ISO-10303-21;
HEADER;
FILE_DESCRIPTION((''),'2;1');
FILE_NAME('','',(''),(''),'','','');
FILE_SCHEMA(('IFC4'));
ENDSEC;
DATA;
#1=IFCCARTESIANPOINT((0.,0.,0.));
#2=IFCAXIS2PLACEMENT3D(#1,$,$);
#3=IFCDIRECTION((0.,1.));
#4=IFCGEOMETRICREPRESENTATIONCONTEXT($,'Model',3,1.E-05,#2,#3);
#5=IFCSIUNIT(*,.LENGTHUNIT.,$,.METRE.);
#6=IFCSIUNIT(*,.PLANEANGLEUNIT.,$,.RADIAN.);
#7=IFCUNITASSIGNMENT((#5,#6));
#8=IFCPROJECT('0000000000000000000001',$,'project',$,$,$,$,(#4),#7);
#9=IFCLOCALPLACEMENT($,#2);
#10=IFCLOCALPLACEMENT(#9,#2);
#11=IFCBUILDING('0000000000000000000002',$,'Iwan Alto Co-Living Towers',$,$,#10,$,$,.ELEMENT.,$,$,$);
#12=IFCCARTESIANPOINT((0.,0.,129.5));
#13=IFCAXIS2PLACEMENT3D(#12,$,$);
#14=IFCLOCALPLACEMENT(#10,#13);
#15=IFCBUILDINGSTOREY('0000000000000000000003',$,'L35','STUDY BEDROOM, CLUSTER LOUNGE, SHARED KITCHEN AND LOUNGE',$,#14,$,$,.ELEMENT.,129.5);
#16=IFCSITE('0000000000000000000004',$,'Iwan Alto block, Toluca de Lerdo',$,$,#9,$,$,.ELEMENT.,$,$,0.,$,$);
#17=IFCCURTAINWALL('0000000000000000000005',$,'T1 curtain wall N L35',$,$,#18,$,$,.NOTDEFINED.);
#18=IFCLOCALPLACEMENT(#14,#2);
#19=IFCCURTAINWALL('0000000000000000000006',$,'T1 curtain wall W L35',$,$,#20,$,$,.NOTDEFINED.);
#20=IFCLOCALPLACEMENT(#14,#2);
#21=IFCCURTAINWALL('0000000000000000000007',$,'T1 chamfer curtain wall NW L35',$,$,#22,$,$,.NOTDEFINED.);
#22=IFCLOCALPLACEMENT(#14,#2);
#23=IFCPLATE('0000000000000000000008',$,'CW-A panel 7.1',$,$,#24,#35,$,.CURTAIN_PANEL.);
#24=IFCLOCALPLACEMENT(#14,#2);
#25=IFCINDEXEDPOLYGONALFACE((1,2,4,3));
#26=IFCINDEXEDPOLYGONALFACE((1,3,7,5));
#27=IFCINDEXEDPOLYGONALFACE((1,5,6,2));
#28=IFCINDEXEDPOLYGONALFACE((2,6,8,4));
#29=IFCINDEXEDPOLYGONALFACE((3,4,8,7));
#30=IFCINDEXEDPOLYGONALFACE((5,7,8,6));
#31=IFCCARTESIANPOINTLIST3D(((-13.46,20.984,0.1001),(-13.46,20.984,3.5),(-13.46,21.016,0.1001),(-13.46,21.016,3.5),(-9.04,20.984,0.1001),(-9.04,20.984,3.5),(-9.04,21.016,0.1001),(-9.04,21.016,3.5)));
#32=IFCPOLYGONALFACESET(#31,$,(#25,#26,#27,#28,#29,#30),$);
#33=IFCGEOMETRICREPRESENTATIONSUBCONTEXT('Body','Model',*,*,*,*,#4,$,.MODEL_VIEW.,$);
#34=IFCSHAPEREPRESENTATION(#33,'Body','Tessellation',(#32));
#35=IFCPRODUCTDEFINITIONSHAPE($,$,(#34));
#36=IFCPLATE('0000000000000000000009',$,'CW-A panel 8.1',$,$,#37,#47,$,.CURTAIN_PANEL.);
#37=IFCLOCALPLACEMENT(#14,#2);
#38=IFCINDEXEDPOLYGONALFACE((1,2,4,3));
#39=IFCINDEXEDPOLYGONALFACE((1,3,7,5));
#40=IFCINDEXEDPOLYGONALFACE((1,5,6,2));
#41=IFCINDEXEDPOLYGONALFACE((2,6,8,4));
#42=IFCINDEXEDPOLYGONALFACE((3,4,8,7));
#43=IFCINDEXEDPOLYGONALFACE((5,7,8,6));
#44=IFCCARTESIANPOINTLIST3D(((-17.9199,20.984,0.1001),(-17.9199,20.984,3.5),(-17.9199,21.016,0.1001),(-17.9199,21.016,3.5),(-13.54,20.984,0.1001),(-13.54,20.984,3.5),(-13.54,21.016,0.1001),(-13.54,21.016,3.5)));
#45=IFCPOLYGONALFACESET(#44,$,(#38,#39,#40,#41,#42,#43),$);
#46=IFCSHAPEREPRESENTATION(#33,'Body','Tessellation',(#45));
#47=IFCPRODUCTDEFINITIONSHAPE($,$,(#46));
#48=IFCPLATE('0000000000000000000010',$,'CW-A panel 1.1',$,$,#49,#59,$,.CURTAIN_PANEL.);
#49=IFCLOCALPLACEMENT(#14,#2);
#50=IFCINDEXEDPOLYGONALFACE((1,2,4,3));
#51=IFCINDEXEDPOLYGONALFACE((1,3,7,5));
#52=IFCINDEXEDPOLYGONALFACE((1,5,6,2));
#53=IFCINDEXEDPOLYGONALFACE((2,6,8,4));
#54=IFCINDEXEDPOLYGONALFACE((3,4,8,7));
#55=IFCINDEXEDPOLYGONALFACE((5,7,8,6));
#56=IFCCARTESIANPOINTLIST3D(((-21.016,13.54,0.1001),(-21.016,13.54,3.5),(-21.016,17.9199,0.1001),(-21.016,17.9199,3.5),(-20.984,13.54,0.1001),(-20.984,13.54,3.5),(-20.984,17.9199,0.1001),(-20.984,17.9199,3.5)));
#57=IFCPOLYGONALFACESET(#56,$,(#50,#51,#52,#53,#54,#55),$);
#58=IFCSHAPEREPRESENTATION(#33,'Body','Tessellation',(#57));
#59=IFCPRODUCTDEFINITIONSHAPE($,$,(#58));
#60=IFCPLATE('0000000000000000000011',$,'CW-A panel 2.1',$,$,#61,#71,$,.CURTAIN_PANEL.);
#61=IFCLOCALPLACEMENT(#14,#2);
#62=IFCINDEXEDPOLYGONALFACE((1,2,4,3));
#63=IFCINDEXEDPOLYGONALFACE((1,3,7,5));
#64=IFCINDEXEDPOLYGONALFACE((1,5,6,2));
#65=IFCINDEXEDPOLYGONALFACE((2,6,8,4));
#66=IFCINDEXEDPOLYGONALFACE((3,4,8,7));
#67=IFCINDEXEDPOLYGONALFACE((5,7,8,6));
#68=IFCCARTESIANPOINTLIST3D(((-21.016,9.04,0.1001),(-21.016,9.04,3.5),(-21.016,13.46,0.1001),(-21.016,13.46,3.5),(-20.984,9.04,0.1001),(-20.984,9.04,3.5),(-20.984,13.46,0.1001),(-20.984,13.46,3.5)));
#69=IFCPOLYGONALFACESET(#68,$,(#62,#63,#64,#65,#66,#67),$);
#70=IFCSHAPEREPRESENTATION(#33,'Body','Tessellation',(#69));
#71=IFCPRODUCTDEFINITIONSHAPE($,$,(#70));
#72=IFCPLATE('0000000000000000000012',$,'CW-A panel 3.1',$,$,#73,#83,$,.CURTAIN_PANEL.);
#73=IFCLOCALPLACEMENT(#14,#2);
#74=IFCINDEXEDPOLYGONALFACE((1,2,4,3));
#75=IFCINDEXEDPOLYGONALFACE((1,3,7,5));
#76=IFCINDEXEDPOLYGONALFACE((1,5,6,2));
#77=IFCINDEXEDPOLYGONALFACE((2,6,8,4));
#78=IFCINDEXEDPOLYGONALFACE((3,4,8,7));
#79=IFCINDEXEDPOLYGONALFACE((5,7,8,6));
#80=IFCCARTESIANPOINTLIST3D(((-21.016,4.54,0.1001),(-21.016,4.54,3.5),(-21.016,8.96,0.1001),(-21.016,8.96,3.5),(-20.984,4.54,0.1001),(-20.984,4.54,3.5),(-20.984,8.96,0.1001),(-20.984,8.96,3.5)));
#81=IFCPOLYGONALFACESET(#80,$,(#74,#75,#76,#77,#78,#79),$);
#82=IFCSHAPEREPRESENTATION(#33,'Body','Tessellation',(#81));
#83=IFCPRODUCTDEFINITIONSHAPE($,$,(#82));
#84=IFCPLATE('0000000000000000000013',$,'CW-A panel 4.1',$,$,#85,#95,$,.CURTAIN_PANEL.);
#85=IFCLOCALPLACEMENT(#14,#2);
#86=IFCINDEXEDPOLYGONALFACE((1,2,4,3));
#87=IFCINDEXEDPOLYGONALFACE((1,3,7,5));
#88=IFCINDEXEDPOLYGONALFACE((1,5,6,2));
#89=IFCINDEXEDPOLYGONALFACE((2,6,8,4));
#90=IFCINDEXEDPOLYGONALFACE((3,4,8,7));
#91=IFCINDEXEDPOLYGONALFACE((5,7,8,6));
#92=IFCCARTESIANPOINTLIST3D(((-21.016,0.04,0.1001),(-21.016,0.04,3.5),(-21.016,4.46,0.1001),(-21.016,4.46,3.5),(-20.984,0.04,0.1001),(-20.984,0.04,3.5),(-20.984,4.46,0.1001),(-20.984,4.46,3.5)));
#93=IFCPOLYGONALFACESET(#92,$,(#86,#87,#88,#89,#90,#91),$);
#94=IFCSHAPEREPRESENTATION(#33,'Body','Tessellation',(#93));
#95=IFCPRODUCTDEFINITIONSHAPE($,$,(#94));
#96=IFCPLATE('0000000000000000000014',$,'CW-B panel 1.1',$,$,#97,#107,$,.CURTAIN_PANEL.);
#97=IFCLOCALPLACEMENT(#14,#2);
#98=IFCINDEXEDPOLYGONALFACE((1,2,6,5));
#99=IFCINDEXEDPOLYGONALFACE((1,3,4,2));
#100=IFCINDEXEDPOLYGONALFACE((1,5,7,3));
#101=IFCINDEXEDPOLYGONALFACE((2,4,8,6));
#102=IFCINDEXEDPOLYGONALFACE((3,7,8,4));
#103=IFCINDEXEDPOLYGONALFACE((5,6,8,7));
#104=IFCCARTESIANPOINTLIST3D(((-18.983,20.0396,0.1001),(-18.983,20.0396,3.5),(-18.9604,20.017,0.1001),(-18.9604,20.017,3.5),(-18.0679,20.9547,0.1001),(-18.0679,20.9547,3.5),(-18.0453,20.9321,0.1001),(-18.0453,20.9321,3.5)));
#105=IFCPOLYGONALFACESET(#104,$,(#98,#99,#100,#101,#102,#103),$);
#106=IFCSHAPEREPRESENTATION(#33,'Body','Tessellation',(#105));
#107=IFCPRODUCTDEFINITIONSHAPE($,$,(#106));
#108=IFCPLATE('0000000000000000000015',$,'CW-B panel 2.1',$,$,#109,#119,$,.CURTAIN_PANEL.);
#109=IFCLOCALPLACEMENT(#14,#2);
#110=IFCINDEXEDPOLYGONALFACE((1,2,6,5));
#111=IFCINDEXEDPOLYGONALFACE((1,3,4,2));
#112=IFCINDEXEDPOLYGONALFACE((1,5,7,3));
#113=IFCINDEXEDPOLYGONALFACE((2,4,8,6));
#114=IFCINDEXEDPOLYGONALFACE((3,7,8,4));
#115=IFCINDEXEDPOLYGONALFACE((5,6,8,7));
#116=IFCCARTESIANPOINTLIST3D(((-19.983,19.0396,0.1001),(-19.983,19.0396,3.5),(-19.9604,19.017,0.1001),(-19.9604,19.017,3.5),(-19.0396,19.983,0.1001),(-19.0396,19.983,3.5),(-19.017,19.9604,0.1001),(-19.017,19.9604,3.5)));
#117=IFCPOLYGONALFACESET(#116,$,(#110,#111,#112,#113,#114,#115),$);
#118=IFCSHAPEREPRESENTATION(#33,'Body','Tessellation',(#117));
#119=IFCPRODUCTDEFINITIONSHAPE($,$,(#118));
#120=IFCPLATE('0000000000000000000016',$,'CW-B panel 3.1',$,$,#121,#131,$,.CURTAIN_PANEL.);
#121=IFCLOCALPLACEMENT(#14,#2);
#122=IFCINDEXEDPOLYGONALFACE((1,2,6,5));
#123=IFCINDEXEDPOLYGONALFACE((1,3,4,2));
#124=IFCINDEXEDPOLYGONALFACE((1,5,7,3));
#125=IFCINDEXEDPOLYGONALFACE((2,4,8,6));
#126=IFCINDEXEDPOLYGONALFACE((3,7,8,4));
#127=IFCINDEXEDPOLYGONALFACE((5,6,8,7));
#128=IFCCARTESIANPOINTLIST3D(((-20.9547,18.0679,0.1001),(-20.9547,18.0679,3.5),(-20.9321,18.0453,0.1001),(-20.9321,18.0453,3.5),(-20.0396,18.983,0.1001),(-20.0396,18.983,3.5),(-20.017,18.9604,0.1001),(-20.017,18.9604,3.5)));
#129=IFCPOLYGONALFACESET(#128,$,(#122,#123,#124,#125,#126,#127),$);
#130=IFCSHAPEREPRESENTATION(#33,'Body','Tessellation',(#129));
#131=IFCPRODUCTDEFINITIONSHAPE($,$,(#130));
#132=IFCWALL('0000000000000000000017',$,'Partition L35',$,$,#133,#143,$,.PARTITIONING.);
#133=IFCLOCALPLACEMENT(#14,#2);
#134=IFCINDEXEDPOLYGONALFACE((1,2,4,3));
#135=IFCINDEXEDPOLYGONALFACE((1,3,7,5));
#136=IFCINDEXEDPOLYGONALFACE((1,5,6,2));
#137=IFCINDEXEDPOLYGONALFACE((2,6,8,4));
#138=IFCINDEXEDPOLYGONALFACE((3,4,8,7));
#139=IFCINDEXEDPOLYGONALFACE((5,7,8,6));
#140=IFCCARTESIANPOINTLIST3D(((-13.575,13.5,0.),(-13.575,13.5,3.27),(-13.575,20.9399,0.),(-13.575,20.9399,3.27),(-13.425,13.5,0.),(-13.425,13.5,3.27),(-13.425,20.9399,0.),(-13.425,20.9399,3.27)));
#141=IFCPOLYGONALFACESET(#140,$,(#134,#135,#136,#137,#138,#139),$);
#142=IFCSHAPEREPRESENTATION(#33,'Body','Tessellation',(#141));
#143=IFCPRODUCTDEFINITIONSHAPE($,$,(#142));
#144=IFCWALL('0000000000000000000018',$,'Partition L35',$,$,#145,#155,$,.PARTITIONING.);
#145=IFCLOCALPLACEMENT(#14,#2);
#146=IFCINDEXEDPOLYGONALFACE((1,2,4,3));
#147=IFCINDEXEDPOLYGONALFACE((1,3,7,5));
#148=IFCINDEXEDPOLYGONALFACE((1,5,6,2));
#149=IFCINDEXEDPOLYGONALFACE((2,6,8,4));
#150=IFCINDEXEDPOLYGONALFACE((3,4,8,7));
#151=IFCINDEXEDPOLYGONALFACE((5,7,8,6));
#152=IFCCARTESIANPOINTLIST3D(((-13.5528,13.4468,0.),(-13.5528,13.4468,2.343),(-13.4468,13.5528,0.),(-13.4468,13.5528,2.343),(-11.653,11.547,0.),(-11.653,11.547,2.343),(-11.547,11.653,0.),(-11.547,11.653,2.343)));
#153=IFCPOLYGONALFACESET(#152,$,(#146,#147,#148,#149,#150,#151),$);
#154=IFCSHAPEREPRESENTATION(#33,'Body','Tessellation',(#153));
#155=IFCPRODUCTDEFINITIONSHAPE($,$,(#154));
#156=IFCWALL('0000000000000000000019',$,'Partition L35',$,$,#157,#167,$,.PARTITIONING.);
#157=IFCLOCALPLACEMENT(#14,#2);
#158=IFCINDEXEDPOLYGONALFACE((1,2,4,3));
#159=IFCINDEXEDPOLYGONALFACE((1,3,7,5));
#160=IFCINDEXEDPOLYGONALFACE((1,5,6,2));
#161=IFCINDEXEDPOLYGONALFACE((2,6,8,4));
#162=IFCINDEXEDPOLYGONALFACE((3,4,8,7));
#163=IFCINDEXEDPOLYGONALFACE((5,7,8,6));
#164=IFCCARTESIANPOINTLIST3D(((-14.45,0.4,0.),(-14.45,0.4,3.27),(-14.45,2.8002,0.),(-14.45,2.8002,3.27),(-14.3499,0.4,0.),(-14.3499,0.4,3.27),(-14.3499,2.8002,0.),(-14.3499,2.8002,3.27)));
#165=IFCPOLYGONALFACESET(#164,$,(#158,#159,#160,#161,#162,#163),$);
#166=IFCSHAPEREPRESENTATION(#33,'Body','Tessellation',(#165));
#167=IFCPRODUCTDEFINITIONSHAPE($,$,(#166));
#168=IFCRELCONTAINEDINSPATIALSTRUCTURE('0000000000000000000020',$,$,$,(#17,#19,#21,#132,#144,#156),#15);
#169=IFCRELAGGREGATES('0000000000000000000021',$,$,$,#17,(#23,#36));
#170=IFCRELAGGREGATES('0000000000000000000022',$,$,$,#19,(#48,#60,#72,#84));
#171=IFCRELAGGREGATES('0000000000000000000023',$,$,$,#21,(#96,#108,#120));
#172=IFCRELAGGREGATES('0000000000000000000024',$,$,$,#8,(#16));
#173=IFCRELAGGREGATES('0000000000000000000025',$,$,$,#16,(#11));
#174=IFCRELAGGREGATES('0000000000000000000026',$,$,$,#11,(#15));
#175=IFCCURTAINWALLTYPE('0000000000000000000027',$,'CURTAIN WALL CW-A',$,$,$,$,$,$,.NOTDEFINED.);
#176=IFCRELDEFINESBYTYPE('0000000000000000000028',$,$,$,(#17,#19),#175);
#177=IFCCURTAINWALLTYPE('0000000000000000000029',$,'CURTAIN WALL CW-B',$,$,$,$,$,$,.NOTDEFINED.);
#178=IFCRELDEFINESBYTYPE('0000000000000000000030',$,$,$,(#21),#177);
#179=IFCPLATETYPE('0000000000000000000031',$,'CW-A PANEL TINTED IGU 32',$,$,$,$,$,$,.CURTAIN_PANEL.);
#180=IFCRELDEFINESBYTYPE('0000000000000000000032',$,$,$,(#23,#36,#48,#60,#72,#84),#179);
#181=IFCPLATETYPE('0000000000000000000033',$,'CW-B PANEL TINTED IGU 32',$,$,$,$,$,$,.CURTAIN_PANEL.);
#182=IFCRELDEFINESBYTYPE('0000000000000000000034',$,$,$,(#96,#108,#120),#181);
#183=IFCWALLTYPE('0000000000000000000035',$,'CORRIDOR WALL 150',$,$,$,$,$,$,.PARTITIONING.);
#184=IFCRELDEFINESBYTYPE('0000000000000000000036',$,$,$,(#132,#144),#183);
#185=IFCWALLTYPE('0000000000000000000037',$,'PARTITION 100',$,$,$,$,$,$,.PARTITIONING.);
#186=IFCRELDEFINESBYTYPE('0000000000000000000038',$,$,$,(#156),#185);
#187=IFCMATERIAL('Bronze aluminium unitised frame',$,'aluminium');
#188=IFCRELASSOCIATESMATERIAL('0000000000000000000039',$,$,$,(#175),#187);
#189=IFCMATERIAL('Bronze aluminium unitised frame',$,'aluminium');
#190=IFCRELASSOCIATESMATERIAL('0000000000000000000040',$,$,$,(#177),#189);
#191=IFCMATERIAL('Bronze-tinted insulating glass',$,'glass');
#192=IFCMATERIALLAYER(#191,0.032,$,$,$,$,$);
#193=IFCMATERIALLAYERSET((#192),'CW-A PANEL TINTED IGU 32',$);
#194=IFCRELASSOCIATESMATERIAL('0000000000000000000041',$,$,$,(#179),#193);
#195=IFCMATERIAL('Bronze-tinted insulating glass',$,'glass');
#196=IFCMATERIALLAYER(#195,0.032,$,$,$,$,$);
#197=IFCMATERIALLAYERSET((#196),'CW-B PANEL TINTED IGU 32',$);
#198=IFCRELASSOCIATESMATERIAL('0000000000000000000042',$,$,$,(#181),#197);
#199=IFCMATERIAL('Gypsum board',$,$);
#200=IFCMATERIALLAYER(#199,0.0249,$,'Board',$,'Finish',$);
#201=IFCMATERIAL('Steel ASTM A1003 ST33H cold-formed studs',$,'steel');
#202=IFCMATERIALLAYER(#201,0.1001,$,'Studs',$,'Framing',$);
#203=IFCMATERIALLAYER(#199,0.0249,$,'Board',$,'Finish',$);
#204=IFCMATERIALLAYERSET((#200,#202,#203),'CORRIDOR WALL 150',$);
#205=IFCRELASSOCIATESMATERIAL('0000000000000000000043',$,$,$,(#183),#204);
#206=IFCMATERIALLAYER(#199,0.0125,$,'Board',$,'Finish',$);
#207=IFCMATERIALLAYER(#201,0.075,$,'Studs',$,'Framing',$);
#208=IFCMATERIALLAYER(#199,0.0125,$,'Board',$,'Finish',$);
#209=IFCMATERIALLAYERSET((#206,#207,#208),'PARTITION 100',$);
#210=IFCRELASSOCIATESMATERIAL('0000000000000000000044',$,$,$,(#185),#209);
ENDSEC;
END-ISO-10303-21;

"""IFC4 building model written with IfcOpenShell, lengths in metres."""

from ifc_helpers import new_model, si_unit, direction, frame, frame_2d, origin, origin_2d, place, context, subcontext, project, spatial, rectangle, extrude, material, layer, layer_set, type_object, element, aggregate, save


model = new_model("IFC4")

# Units and contexts
model_context = context("Model", 3, precision=1e-05, world=origin(), true_north=direction((0.0, 1.0)))
body_context = subcontext(model_context, "Body", "Model", "MODEL_VIEW")
ifc_project = project(units=[si_unit("LENGTHUNIT", "METRE"), si_unit("PLANEANGLEUNIT", "RADIAN")], contexts=[model_context])

# Site, building, storey
site_placement = place(None, origin())
site = spatial("IfcSite", under=ifc_project, at=site_placement, Name="Iwan Alto block, Toluca de Lerdo", CompositionType="ELEMENT", RefElevation=0.0)
building_placement = place(site_placement, origin())
building = spatial("IfcBuilding", under=site, at=building_placement, Name="Iwan Alto Co-Living Towers", CompositionType="ELEMENT")
storey_placement = place(building_placement, frame((0.0, 0.0, 129.5)))
storey = spatial("IfcBuildingStorey", under=building, at=storey_placement, Name="L35", Description="STUDY BEDROOM, CLUSTER LOUNGE, SHARED KITCHEN AND LOUNGE", CompositionType="ELEMENT", Elevation=129.5)

# Curtain wall
ifc_material_1 = material(Name="Bronze aluminium unitised frame", Category="aluminium")
curtain_wall_type_1 = type_object("IfcCurtainWallType", Name="CURTAIN WALL CW-A", PredefinedType="NOTDEFINED", material=ifc_material_1)
curtain_wall_1_placement = place(storey_placement, origin())
curtain_wall_1 = element("IfcCurtainWall", 1, at=curtain_wall_1_placement, inside=storey, type_object=curtain_wall_type_1, Name="T1 curtain wall N L35", PredefinedType="NOTDEFINED")

# Curtain walls
curtain_wall_2_placement = place(storey_placement, origin())
curtain_wall_2 = element("IfcCurtainWall", 2, at=curtain_wall_2_placement, inside=storey, type_object=curtain_wall_type_1, Name="T1 curtain wall W L35", PredefinedType="NOTDEFINED")
ifc_material_2 = material(Name="Bronze aluminium unitised frame", Category="aluminium")
curtain_wall_type_2 = type_object("IfcCurtainWallType", Name="CURTAIN WALL CW-B", PredefinedType="NOTDEFINED", material=ifc_material_2)
curtain_wall_3_placement = place(storey_placement, origin())
curtain_wall_3 = element("IfcCurtainWall", 3, at=curtain_wall_3_placement, inside=storey, type_object=curtain_wall_type_2, Name="T1 chamfer curtain wall NW L35", PredefinedType="NOTDEFINED")

# Plates
ifc_material_3 = material(Name="Bronze-tinted insulating glass", Category="glass")
ifc_layer_1 = layer(ifc_material_3, 0.032)
ifc_layer_set_1 = layer_set([ifc_layer_1], Name="CW-A PANEL TINTED IGU 32")
plate_type_1 = type_object("IfcPlateType", Name="CW-A PANEL TINTED IGU 32", PredefinedType="CURTAIN_PANEL", material=ifc_layer_set_1)
plate_1_placement = place(storey_placement, frame((-11.25, 21.0, 0.1001), z_axis=(0.0, 0.0, 1.0), x_axis=(-1.0, 0.0, 0.0)))
plate_1 = element("IfcPlate", 4, at=plate_1_placement, type_object=plate_type_1, Name="CW-A panel 7.1", PredefinedType="CURTAIN_PANEL", context=body_context, shape_type="SweptSolid", body=[
    extrude(rectangle(XDim=4.4199, YDim=0.032, at=origin_2d()), origin(), (0.0, 0.0, 1.0), 3.3999),
])
plate_2_placement = place(storey_placement, frame((-15.73, 21.0, 0.1001), z_axis=(0.0, 0.0, 1.0), x_axis=(-1.0, 0.0, 0.0)))
plate_2 = element("IfcPlate", 5, at=plate_2_placement, type_object=plate_type_1, Name="CW-A panel 8.1", PredefinedType="CURTAIN_PANEL", context=body_context, shape_type="SweptSolid", body=[
    extrude(rectangle(XDim=4.3799, YDim=0.032, at=origin_2d()), origin(), (0.0, 0.0, 1.0), 3.3999),
])
aggregate(curtain_wall_1, [plate_1, plate_2])
plate_3_placement = place(storey_placement, frame((-21.0, 15.73, 0.1001), z_axis=(0.0, 0.0, 1.0), x_axis=(0.0, -1.0, 0.0)))
plate_3 = element("IfcPlate", 6, at=plate_3_placement, type_object=plate_type_1, Name="CW-A panel 1.1", PredefinedType="CURTAIN_PANEL", context=body_context, shape_type="SweptSolid", body=[
    extrude(rectangle(XDim=4.3799, YDim=0.032, at=origin_2d()), origin(), (0.0, 0.0, 1.0), 3.3999),
])
plate_4_placement = place(storey_placement, frame((-21.0, 11.25, 0.1001), z_axis=(0.0, 0.0, 1.0), x_axis=(0.0, -1.0, 0.0)))
plate_4 = element("IfcPlate", 7, at=plate_4_placement, type_object=plate_type_1, Name="CW-A panel 2.1", PredefinedType="CURTAIN_PANEL", context=body_context, shape_type="SweptSolid", body=[
    extrude(rectangle(XDim=4.4199, YDim=0.032, at=origin_2d()), origin(), (0.0, 0.0, 1.0), 3.3999),
])
plate_5_placement = place(storey_placement, frame((-21.0, 6.75, 0.1001), z_axis=(0.0, 0.0, 1.0), x_axis=(0.0, -1.0, 0.0)))
plate_5 = element("IfcPlate", 8, at=plate_5_placement, type_object=plate_type_1, Name="CW-A panel 3.1", PredefinedType="CURTAIN_PANEL", context=body_context, shape_type="SweptSolid", body=[
    extrude(rectangle(XDim=4.4199, YDim=0.032, at=origin_2d()), origin(), (0.0, 0.0, 1.0), 3.3999),
])
plate_6_placement = place(storey_placement, frame((-21.0, 2.25, 0.1001), z_axis=(0.0, 0.0, 1.0), x_axis=(0.0, -1.0, 0.0)))
plate_6 = element("IfcPlate", 9, at=plate_6_placement, type_object=plate_type_1, Name="CW-A panel 4.1", PredefinedType="CURTAIN_PANEL", context=body_context, shape_type="SweptSolid", body=[
    extrude(rectangle(XDim=4.4199, YDim=0.032, at=origin_2d()), origin(), (0.0, 0.0, 1.0), 3.3999),
])
aggregate(curtain_wall_2, [plate_3, plate_4, plate_5, plate_6])
ifc_material_4 = material(Name="Bronze-tinted insulating glass", Category="glass")
ifc_layer_2 = layer(ifc_material_4, 0.032)
ifc_layer_set_2 = layer_set([ifc_layer_2], Name="CW-B PANEL TINTED IGU 32")
plate_type_2 = type_object("IfcPlateType", Name="CW-B PANEL TINTED IGU 32", PredefinedType="CURTAIN_PANEL", material=ifc_layer_set_2)
plate_7_placement = place(storey_placement, frame((-18.5142, 20.4858, 0.1001), z_axis=(0.0, 0.0, 1.0), x_axis=(-0.707107, -0.707107, 0.0)))
plate_7 = element("IfcPlate", 10, at=plate_7_placement, type_object=plate_type_2, Name="CW-B panel 1.1", PredefinedType="CURTAIN_PANEL", context=body_context, shape_type="SweptSolid", body=[
    extrude(rectangle(XDim=1.2942, YDim=0.032, at=origin_2d()), origin(), (0.0, 0.0, 1.0), 3.3999),
])
plate_8_placement = place(storey_placement, frame((-19.5, 19.5, 0.1001), z_axis=(0.0, 0.0, 1.0), x_axis=(-0.707107, -0.707107, 0.0)))
plate_8 = element("IfcPlate", 11, at=plate_8_placement, type_object=plate_type_2, Name="CW-B panel 2.1", PredefinedType="CURTAIN_PANEL", context=body_context, shape_type="SweptSolid", body=[
    extrude(rectangle(XDim=1.3342, YDim=0.032, at=origin_2d()), origin(), (0.0, 0.0, 1.0), 3.3999),
])
plate_9_placement = place(storey_placement, frame((-20.4858, 18.5142, 0.1001), z_axis=(0.0, 0.0, 1.0), x_axis=(-0.707107, -0.707107, 0.0)))
plate_9 = element("IfcPlate", 12, at=plate_9_placement, type_object=plate_type_2, Name="CW-B panel 3.1", PredefinedType="CURTAIN_PANEL", context=body_context, shape_type="SweptSolid", body=[
    extrude(rectangle(XDim=1.2942, YDim=0.032, at=origin_2d()), origin(), (0.0, 0.0, 1.0), 3.3999),
])
aggregate(curtain_wall_3, [plate_7, plate_8, plate_9])

# Walls
ifc_material_5 = material(Name="Gypsum board")
ifc_layer_3 = layer(ifc_material_5, 0.0249, Name="Board", Category="Finish")
ifc_material_6 = material(Name="Steel ASTM A1003 ST33H cold-formed studs", Category="steel")
ifc_layer_4 = layer(ifc_material_6, 0.1001, Name="Studs", Category="Framing")
ifc_layer_5 = layer(ifc_material_5, 0.0249, Name="Board", Category="Finish")
ifc_layer_set_3 = layer_set([ifc_layer_3, ifc_layer_4, ifc_layer_5], Name="CORRIDOR WALL 150")
wall_type_1 = type_object("IfcWallType", Name="CORRIDOR WALL 150", PredefinedType="PARTITIONING", material=ifc_layer_set_3)
wall_1_placement = place(storey_placement, frame((-13.5, 13.5, 0.0), z_axis=(0.0, 0.0, 1.0), x_axis=(0.0, 1.0, 0.0)))
element("IfcWall", 13, at=wall_1_placement, inside=storey, type_object=wall_type_1, Name="Partition L35", PredefinedType="PARTITIONING", context=body_context, shape_type="SweptSolid", body=[
    extrude(rectangle(XDim=7.4399, YDim=0.1499, at=frame_2d((3.72, 0.0))), origin(), (0.0, 0.0, 1.0), 3.27),
])
wall_2_placement = place(storey_placement, frame((-11.6001, 11.6001, 0.0), z_axis=(0.0, 0.0, 1.0), x_axis=(-0.707107, 0.707107, 0.0)))
element("IfcWall", 14, at=wall_2_placement, inside=storey, type_object=wall_type_1, Name="Partition L35", PredefinedType="PARTITIONING", context=body_context, shape_type="SweptSolid", body=[
    extrude(rectangle(XDim=2.6868, YDim=0.1499, at=frame_2d((1.3433, 0.0))), origin(), (0.0, 0.0, 1.0), 2.343),
])
ifc_layer_6 = layer(ifc_material_5, 0.0125, Name="Board", Category="Finish")
ifc_layer_7 = layer(ifc_material_6, 0.075, Name="Studs", Category="Framing")
ifc_layer_8 = layer(ifc_material_5, 0.0125, Name="Board", Category="Finish")
ifc_layer_set_4 = layer_set([ifc_layer_6, ifc_layer_7, ifc_layer_8], Name="PARTITION 100")
wall_type_2 = type_object("IfcWallType", Name="PARTITION 100", PredefinedType="PARTITIONING", material=ifc_layer_set_4)
wall_3_placement = place(storey_placement, frame((-14.3999, 0.3999, 0.0), z_axis=(0.0, 0.0, 1.0), x_axis=(0.0, 1.0, 0.0)))
element("IfcWall", 15, at=wall_3_placement, inside=storey, type_object=wall_type_2, Name="Partition L35", PredefinedType="PARTITIONING", context=body_context, shape_type="SweptSolid", body=[
    extrude(rectangle(XDim=2.4001, YDim=0.1001, at=frame_2d((1.2002, 0.0))), origin(), (0.0, 0.0, 1.0), 3.27),
])

save(model, "model.ifc")
